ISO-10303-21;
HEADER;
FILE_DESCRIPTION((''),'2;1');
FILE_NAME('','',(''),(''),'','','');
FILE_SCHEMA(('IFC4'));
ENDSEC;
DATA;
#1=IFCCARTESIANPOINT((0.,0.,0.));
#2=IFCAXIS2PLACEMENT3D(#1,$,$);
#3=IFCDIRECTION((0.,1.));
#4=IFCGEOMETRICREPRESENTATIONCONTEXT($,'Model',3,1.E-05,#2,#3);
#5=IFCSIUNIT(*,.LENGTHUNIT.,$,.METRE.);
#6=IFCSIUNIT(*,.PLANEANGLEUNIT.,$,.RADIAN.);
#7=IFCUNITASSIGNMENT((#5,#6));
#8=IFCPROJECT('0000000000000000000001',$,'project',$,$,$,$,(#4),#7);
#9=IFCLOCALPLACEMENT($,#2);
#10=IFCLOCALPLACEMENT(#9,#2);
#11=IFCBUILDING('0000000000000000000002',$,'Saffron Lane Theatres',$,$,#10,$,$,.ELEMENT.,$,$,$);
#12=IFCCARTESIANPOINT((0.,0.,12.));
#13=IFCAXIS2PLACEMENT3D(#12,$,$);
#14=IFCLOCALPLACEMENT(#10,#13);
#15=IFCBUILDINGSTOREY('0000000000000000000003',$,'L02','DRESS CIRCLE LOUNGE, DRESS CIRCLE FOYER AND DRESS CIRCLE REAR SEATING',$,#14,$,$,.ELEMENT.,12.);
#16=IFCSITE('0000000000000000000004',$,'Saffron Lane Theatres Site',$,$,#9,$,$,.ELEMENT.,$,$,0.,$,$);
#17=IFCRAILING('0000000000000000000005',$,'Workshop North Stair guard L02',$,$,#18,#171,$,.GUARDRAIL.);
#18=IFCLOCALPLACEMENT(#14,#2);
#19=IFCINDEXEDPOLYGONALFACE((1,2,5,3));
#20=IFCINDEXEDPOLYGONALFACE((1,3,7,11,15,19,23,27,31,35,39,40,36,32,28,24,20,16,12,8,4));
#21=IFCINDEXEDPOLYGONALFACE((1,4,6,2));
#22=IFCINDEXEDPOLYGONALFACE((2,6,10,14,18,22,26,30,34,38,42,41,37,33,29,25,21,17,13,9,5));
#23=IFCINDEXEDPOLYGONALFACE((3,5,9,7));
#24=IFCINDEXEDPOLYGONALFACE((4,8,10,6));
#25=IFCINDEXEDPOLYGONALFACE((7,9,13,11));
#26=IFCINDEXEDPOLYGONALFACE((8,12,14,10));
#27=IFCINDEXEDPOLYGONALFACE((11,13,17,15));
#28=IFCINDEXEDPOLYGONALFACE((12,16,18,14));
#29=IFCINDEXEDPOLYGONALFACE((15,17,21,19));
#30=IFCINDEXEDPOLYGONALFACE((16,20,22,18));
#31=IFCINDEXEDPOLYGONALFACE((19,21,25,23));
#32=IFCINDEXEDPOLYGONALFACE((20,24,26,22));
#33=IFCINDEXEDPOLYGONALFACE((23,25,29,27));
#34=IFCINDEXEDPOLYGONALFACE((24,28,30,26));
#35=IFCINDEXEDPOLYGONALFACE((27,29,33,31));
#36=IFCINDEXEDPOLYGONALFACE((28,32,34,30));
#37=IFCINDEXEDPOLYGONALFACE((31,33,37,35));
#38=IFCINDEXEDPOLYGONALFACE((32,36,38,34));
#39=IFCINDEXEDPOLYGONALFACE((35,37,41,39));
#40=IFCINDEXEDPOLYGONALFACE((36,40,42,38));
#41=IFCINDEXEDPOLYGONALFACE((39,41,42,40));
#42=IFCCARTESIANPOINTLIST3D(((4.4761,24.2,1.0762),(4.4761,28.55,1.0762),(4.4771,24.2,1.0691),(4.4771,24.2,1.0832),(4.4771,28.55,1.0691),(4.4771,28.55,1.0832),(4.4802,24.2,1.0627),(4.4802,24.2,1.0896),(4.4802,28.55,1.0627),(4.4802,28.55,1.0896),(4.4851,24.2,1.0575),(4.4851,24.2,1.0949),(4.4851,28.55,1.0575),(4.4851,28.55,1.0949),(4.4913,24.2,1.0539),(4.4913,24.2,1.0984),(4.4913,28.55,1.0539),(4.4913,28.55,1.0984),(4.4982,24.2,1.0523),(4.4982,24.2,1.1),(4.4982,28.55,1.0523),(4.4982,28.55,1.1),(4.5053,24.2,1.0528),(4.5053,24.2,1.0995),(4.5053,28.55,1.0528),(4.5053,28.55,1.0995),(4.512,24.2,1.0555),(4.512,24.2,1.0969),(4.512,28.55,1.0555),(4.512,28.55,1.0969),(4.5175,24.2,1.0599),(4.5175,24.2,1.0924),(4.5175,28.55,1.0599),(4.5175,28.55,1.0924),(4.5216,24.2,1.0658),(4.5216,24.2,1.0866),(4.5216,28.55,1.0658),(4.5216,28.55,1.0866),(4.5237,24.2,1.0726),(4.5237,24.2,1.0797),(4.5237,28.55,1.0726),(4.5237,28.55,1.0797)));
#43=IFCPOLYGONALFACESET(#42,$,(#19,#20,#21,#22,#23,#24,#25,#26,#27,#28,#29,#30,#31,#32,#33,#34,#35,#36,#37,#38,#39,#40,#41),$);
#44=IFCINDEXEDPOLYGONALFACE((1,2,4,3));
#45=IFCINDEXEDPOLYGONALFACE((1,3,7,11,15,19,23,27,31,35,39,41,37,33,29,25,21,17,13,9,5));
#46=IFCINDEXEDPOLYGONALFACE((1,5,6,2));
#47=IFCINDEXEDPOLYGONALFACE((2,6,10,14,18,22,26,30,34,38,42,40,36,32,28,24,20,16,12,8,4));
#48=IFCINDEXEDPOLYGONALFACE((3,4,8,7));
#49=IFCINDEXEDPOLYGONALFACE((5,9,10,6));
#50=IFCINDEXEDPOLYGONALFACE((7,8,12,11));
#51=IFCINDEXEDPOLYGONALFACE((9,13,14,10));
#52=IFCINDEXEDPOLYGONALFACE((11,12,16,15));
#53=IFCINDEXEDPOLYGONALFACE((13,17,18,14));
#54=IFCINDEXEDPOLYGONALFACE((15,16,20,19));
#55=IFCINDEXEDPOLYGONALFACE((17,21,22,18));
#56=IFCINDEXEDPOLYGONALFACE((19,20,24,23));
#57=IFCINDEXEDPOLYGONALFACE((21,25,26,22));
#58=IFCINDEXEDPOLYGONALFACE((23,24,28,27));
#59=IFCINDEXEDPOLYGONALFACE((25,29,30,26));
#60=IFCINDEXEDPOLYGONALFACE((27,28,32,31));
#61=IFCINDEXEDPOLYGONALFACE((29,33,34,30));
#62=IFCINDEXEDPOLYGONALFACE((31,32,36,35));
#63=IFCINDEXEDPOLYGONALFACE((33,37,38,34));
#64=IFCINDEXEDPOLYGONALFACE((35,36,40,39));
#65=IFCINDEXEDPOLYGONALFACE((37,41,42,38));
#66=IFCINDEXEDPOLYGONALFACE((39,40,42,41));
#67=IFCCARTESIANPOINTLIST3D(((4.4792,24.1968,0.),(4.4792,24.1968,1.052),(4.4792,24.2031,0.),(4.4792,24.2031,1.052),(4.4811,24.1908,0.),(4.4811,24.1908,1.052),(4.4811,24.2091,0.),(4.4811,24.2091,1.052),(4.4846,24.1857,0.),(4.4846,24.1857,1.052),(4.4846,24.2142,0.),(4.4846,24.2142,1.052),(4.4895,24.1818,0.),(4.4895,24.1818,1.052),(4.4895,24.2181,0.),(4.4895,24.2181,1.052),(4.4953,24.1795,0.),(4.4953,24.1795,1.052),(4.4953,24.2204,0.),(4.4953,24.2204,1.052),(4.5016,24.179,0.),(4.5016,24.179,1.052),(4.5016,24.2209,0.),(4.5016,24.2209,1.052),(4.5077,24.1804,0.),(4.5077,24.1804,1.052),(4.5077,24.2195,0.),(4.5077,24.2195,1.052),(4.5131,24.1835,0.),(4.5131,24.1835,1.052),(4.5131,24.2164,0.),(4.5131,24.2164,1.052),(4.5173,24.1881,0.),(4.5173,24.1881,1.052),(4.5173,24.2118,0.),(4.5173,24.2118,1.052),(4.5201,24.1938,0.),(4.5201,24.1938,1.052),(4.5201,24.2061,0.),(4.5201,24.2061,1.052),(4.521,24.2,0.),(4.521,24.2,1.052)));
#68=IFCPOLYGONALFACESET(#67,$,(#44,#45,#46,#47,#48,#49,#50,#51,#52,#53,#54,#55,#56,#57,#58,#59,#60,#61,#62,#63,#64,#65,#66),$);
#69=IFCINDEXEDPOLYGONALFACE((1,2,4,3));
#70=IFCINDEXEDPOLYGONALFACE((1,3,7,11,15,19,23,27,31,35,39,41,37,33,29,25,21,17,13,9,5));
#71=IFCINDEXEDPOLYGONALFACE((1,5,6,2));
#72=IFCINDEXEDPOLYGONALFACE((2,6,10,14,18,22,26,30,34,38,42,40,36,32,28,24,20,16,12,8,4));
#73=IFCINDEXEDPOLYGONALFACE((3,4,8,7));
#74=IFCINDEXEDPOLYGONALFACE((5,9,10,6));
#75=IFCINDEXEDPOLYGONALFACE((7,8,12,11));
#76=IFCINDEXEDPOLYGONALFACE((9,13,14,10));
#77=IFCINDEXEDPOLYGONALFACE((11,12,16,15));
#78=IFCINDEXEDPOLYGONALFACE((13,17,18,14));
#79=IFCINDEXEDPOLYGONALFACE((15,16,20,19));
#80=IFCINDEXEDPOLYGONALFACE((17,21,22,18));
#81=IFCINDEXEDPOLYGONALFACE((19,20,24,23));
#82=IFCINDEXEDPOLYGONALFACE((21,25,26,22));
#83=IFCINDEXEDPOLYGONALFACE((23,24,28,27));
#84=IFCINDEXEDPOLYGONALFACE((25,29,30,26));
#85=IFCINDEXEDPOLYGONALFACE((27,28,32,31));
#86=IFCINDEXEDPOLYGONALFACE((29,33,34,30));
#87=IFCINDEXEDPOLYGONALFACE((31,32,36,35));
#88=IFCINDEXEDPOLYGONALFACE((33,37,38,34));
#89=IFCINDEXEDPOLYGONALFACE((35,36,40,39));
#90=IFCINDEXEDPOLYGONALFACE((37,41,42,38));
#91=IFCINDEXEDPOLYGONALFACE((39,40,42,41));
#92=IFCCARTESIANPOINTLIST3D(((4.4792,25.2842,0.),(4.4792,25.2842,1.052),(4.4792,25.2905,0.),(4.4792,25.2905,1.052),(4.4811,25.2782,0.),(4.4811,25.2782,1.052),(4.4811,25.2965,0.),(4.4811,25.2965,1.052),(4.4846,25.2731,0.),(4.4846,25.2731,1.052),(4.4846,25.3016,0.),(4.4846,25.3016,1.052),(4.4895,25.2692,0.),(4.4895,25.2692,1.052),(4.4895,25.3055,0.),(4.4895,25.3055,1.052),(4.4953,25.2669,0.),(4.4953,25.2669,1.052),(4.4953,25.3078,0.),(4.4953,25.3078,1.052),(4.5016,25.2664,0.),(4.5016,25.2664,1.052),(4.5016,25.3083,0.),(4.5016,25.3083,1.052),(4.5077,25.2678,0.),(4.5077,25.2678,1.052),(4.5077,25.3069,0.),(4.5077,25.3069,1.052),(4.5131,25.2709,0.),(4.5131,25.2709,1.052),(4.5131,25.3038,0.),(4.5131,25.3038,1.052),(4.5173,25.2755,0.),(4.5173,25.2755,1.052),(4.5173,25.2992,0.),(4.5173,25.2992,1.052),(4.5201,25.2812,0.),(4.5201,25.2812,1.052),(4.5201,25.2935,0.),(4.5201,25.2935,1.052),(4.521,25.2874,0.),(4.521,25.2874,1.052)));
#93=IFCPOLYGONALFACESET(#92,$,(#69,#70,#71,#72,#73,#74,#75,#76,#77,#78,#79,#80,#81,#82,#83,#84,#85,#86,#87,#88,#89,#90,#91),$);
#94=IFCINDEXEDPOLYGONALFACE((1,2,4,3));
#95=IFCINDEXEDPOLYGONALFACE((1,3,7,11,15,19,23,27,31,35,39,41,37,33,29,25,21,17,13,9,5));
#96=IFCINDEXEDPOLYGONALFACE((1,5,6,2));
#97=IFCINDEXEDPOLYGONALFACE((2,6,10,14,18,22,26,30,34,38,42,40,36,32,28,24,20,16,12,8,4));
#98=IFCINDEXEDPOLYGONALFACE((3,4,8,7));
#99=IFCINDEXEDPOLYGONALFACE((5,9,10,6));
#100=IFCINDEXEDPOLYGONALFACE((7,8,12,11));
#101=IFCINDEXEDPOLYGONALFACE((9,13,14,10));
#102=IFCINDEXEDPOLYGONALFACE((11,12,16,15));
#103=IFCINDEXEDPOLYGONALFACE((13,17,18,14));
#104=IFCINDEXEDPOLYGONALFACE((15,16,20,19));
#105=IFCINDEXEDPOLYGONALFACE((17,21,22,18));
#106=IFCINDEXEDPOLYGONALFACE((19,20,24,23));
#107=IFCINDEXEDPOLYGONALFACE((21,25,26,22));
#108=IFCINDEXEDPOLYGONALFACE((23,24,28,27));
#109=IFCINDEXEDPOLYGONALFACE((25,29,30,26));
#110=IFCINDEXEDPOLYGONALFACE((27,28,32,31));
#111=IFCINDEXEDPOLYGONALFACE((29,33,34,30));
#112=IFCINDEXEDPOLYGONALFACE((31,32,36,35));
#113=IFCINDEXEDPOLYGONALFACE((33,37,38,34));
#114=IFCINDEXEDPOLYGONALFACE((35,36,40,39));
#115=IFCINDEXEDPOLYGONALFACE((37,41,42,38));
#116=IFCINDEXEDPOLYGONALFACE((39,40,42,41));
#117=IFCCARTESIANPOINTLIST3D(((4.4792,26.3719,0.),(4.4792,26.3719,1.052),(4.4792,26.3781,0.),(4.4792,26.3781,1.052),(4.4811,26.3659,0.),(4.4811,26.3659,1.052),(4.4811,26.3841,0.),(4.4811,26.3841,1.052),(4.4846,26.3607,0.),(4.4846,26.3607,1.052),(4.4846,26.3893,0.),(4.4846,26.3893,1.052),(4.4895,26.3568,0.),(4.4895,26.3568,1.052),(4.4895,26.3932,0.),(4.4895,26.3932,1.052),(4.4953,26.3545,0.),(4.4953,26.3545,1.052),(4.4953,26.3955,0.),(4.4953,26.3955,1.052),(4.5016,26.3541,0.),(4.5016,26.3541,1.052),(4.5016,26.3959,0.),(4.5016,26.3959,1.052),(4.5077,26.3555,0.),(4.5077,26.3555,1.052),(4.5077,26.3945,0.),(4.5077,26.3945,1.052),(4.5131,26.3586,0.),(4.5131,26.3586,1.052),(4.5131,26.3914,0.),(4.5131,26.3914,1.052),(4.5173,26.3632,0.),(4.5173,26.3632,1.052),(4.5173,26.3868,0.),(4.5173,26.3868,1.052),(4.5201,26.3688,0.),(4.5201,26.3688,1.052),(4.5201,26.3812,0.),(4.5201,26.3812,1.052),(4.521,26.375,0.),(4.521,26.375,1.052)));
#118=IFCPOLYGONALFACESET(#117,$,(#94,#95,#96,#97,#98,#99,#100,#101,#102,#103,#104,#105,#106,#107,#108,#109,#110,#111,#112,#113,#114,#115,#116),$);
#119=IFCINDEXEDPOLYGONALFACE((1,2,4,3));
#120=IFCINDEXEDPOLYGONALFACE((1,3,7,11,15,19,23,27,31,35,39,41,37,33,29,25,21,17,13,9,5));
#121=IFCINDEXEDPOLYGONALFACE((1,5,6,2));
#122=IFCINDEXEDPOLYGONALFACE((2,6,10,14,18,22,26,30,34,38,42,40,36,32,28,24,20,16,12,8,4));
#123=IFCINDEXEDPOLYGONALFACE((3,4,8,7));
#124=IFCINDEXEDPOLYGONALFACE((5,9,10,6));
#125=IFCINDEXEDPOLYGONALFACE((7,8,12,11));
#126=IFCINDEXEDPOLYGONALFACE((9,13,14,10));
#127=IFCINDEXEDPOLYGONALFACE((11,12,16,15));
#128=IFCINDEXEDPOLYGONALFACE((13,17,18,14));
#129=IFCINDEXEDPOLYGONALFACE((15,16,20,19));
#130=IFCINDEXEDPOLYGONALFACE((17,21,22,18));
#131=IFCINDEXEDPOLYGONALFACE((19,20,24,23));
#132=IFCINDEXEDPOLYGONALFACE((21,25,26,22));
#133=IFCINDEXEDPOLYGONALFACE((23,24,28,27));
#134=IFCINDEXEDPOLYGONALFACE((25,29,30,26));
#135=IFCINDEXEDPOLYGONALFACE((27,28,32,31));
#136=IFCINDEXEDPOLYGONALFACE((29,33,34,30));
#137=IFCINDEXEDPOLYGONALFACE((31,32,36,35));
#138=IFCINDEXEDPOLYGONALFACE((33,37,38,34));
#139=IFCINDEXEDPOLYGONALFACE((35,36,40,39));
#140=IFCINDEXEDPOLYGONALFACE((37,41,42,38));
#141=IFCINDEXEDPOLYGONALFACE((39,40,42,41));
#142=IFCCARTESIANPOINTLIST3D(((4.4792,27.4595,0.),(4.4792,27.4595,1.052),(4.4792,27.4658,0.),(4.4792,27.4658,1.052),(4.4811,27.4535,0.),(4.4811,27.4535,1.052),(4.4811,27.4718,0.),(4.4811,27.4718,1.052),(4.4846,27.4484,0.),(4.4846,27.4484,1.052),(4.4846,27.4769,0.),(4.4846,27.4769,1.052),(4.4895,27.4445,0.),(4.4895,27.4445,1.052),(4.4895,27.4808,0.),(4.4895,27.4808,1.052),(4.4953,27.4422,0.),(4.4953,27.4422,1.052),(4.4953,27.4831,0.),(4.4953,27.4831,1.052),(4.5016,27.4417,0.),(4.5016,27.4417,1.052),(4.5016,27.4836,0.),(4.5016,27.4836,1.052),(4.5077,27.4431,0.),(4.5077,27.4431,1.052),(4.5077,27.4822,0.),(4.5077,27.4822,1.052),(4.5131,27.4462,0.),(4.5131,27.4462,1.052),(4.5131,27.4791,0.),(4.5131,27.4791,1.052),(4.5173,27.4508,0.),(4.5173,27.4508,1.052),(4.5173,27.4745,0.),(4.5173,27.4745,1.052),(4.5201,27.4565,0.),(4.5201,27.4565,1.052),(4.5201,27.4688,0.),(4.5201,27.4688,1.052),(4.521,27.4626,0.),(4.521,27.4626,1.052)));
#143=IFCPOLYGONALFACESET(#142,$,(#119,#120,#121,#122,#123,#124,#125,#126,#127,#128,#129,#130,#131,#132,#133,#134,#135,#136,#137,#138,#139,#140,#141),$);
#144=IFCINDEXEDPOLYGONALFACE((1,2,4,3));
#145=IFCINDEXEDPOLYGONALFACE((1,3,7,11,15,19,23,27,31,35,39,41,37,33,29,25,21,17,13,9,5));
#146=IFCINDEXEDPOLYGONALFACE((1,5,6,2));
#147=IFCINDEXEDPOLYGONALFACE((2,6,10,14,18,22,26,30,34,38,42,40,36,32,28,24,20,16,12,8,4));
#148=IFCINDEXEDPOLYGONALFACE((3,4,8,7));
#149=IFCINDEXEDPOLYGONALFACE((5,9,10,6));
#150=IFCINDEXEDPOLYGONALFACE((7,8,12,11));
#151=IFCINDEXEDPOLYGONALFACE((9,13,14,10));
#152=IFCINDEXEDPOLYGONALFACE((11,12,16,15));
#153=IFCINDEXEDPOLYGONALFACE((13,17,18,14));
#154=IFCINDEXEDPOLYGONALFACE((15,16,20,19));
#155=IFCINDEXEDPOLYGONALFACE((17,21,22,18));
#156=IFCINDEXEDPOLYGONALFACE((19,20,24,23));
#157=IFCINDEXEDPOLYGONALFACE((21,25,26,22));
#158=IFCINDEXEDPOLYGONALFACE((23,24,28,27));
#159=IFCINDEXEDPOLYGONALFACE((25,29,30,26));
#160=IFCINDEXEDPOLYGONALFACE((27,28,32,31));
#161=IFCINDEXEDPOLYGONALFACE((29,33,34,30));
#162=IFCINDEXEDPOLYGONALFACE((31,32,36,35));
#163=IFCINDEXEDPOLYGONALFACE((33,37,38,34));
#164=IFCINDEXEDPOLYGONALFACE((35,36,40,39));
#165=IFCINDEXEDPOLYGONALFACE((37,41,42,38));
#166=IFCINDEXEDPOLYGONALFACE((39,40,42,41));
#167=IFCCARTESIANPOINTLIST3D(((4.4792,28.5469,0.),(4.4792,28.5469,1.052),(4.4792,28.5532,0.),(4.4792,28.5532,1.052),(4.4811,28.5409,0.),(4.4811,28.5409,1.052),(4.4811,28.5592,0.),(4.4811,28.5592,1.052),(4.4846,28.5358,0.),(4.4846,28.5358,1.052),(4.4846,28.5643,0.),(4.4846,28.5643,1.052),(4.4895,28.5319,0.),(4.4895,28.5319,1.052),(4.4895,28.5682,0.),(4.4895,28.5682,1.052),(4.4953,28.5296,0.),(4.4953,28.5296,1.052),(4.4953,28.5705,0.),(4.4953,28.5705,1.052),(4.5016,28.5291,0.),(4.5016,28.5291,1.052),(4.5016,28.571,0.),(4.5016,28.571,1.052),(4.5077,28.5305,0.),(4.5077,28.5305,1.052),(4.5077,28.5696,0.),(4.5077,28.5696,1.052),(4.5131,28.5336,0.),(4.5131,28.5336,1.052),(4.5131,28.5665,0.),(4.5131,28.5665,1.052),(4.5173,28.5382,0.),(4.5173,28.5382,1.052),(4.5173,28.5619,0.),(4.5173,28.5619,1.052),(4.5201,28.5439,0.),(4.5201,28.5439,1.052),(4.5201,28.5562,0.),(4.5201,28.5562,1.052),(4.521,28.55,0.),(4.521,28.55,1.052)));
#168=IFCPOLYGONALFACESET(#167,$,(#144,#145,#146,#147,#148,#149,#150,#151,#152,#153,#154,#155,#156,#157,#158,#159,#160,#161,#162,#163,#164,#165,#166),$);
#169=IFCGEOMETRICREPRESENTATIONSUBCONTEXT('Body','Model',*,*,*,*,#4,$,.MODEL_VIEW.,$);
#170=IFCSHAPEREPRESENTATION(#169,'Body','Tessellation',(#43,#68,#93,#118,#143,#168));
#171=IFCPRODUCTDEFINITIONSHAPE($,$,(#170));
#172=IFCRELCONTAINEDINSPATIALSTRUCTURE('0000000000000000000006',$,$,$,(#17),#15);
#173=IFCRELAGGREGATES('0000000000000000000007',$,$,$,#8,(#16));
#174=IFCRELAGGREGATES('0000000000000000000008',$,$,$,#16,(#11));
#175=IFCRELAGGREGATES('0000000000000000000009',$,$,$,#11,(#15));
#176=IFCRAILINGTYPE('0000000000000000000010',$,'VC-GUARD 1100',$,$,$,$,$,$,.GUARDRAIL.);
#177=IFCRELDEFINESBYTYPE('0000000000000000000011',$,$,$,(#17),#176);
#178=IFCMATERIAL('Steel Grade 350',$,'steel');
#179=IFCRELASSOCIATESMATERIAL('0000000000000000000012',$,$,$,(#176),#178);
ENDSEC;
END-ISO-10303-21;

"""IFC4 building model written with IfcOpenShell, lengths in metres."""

from ifc_helpers import new_model, si_unit, direction, frame, origin, origin_2d, place, context, subcontext, project, spatial, circle, extrude, material, type_object, element, save


model = new_model("IFC4")

# Units and contexts
model_context = context("Model", 3, precision=1e-05, world=origin(), true_north=direction((0.0, 1.0)))
body_context = subcontext(model_context, "Body", "Model", "MODEL_VIEW")
ifc_project = project(units=[si_unit("LENGTHUNIT", "METRE"), si_unit("PLANEANGLEUNIT", "RADIAN")], contexts=[model_context])

# Site, building, storey
site_placement = place(None, origin())
site = spatial("IfcSite", under=ifc_project, at=site_placement, Name="Saffron Lane Theatres Site", CompositionType="ELEMENT", RefElevation=0.0)
building_placement = place(site_placement, origin())
building = spatial("IfcBuilding", under=site, at=building_placement, Name="Saffron Lane Theatres", CompositionType="ELEMENT")
storey_placement = place(building_placement, frame((0.0, 0.0, 12.0)))
storey = spatial("IfcBuildingStorey", under=building, at=storey_placement, Name="L02", Description="DRESS CIRCLE LOUNGE, DRESS CIRCLE FOYER AND DRESS CIRCLE REAR SEATING", CompositionType="ELEMENT", Elevation=12.0)

# Railing
ifc_material_1 = material(Name="Steel Grade 350", Category="steel")
railing_type = type_object("IfcRailingType", Name="VC-GUARD 1100", PredefinedType="GUARDRAIL", material=ifc_material_1)
railing_placement = place(storey_placement, frame((4.5, 24.2, 0.0)))
element("IfcRailing", 1, at=railing_placement, inside=storey, type_object=railing_type, Name="Workshop North Stair guard L02", PredefinedType="GUARDRAIL", context=body_context, shape_type="SweptSolid", body=[
    extrude(circle(Radius=0.0239, at=origin_2d()), frame((0.0, 0.0, 1.0762), z_axis=(0.0, 1.0, 0.0), x_axis=(-1.0, 0.0, 0.0)), (0.0, 0.0, 1.0), 4.3501),
    extrude(circle(Radius=0.021, at=origin_2d()), origin(), (0.0, 0.0, 1.0), 1.052),
    extrude(circle(Radius=0.021, at=origin_2d()), frame((0.0, 1.0874, 0.0)), (0.0, 0.0, 1.0), 1.052),
    extrude(circle(Radius=0.021, at=origin_2d()), frame((0.0, 2.175, 0.0)), (0.0, 0.0, 1.0), 1.052),
    extrude(circle(Radius=0.021, at=origin_2d()), frame((0.0, 3.2627, 0.0)), (0.0, 0.0, 1.0), 1.052),
    extrude(circle(Radius=0.021, at=origin_2d()), frame((0.0, 4.3501, 0.0)), (0.0, 0.0, 1.0), 1.052),
])

save(model, "model.ifc")
